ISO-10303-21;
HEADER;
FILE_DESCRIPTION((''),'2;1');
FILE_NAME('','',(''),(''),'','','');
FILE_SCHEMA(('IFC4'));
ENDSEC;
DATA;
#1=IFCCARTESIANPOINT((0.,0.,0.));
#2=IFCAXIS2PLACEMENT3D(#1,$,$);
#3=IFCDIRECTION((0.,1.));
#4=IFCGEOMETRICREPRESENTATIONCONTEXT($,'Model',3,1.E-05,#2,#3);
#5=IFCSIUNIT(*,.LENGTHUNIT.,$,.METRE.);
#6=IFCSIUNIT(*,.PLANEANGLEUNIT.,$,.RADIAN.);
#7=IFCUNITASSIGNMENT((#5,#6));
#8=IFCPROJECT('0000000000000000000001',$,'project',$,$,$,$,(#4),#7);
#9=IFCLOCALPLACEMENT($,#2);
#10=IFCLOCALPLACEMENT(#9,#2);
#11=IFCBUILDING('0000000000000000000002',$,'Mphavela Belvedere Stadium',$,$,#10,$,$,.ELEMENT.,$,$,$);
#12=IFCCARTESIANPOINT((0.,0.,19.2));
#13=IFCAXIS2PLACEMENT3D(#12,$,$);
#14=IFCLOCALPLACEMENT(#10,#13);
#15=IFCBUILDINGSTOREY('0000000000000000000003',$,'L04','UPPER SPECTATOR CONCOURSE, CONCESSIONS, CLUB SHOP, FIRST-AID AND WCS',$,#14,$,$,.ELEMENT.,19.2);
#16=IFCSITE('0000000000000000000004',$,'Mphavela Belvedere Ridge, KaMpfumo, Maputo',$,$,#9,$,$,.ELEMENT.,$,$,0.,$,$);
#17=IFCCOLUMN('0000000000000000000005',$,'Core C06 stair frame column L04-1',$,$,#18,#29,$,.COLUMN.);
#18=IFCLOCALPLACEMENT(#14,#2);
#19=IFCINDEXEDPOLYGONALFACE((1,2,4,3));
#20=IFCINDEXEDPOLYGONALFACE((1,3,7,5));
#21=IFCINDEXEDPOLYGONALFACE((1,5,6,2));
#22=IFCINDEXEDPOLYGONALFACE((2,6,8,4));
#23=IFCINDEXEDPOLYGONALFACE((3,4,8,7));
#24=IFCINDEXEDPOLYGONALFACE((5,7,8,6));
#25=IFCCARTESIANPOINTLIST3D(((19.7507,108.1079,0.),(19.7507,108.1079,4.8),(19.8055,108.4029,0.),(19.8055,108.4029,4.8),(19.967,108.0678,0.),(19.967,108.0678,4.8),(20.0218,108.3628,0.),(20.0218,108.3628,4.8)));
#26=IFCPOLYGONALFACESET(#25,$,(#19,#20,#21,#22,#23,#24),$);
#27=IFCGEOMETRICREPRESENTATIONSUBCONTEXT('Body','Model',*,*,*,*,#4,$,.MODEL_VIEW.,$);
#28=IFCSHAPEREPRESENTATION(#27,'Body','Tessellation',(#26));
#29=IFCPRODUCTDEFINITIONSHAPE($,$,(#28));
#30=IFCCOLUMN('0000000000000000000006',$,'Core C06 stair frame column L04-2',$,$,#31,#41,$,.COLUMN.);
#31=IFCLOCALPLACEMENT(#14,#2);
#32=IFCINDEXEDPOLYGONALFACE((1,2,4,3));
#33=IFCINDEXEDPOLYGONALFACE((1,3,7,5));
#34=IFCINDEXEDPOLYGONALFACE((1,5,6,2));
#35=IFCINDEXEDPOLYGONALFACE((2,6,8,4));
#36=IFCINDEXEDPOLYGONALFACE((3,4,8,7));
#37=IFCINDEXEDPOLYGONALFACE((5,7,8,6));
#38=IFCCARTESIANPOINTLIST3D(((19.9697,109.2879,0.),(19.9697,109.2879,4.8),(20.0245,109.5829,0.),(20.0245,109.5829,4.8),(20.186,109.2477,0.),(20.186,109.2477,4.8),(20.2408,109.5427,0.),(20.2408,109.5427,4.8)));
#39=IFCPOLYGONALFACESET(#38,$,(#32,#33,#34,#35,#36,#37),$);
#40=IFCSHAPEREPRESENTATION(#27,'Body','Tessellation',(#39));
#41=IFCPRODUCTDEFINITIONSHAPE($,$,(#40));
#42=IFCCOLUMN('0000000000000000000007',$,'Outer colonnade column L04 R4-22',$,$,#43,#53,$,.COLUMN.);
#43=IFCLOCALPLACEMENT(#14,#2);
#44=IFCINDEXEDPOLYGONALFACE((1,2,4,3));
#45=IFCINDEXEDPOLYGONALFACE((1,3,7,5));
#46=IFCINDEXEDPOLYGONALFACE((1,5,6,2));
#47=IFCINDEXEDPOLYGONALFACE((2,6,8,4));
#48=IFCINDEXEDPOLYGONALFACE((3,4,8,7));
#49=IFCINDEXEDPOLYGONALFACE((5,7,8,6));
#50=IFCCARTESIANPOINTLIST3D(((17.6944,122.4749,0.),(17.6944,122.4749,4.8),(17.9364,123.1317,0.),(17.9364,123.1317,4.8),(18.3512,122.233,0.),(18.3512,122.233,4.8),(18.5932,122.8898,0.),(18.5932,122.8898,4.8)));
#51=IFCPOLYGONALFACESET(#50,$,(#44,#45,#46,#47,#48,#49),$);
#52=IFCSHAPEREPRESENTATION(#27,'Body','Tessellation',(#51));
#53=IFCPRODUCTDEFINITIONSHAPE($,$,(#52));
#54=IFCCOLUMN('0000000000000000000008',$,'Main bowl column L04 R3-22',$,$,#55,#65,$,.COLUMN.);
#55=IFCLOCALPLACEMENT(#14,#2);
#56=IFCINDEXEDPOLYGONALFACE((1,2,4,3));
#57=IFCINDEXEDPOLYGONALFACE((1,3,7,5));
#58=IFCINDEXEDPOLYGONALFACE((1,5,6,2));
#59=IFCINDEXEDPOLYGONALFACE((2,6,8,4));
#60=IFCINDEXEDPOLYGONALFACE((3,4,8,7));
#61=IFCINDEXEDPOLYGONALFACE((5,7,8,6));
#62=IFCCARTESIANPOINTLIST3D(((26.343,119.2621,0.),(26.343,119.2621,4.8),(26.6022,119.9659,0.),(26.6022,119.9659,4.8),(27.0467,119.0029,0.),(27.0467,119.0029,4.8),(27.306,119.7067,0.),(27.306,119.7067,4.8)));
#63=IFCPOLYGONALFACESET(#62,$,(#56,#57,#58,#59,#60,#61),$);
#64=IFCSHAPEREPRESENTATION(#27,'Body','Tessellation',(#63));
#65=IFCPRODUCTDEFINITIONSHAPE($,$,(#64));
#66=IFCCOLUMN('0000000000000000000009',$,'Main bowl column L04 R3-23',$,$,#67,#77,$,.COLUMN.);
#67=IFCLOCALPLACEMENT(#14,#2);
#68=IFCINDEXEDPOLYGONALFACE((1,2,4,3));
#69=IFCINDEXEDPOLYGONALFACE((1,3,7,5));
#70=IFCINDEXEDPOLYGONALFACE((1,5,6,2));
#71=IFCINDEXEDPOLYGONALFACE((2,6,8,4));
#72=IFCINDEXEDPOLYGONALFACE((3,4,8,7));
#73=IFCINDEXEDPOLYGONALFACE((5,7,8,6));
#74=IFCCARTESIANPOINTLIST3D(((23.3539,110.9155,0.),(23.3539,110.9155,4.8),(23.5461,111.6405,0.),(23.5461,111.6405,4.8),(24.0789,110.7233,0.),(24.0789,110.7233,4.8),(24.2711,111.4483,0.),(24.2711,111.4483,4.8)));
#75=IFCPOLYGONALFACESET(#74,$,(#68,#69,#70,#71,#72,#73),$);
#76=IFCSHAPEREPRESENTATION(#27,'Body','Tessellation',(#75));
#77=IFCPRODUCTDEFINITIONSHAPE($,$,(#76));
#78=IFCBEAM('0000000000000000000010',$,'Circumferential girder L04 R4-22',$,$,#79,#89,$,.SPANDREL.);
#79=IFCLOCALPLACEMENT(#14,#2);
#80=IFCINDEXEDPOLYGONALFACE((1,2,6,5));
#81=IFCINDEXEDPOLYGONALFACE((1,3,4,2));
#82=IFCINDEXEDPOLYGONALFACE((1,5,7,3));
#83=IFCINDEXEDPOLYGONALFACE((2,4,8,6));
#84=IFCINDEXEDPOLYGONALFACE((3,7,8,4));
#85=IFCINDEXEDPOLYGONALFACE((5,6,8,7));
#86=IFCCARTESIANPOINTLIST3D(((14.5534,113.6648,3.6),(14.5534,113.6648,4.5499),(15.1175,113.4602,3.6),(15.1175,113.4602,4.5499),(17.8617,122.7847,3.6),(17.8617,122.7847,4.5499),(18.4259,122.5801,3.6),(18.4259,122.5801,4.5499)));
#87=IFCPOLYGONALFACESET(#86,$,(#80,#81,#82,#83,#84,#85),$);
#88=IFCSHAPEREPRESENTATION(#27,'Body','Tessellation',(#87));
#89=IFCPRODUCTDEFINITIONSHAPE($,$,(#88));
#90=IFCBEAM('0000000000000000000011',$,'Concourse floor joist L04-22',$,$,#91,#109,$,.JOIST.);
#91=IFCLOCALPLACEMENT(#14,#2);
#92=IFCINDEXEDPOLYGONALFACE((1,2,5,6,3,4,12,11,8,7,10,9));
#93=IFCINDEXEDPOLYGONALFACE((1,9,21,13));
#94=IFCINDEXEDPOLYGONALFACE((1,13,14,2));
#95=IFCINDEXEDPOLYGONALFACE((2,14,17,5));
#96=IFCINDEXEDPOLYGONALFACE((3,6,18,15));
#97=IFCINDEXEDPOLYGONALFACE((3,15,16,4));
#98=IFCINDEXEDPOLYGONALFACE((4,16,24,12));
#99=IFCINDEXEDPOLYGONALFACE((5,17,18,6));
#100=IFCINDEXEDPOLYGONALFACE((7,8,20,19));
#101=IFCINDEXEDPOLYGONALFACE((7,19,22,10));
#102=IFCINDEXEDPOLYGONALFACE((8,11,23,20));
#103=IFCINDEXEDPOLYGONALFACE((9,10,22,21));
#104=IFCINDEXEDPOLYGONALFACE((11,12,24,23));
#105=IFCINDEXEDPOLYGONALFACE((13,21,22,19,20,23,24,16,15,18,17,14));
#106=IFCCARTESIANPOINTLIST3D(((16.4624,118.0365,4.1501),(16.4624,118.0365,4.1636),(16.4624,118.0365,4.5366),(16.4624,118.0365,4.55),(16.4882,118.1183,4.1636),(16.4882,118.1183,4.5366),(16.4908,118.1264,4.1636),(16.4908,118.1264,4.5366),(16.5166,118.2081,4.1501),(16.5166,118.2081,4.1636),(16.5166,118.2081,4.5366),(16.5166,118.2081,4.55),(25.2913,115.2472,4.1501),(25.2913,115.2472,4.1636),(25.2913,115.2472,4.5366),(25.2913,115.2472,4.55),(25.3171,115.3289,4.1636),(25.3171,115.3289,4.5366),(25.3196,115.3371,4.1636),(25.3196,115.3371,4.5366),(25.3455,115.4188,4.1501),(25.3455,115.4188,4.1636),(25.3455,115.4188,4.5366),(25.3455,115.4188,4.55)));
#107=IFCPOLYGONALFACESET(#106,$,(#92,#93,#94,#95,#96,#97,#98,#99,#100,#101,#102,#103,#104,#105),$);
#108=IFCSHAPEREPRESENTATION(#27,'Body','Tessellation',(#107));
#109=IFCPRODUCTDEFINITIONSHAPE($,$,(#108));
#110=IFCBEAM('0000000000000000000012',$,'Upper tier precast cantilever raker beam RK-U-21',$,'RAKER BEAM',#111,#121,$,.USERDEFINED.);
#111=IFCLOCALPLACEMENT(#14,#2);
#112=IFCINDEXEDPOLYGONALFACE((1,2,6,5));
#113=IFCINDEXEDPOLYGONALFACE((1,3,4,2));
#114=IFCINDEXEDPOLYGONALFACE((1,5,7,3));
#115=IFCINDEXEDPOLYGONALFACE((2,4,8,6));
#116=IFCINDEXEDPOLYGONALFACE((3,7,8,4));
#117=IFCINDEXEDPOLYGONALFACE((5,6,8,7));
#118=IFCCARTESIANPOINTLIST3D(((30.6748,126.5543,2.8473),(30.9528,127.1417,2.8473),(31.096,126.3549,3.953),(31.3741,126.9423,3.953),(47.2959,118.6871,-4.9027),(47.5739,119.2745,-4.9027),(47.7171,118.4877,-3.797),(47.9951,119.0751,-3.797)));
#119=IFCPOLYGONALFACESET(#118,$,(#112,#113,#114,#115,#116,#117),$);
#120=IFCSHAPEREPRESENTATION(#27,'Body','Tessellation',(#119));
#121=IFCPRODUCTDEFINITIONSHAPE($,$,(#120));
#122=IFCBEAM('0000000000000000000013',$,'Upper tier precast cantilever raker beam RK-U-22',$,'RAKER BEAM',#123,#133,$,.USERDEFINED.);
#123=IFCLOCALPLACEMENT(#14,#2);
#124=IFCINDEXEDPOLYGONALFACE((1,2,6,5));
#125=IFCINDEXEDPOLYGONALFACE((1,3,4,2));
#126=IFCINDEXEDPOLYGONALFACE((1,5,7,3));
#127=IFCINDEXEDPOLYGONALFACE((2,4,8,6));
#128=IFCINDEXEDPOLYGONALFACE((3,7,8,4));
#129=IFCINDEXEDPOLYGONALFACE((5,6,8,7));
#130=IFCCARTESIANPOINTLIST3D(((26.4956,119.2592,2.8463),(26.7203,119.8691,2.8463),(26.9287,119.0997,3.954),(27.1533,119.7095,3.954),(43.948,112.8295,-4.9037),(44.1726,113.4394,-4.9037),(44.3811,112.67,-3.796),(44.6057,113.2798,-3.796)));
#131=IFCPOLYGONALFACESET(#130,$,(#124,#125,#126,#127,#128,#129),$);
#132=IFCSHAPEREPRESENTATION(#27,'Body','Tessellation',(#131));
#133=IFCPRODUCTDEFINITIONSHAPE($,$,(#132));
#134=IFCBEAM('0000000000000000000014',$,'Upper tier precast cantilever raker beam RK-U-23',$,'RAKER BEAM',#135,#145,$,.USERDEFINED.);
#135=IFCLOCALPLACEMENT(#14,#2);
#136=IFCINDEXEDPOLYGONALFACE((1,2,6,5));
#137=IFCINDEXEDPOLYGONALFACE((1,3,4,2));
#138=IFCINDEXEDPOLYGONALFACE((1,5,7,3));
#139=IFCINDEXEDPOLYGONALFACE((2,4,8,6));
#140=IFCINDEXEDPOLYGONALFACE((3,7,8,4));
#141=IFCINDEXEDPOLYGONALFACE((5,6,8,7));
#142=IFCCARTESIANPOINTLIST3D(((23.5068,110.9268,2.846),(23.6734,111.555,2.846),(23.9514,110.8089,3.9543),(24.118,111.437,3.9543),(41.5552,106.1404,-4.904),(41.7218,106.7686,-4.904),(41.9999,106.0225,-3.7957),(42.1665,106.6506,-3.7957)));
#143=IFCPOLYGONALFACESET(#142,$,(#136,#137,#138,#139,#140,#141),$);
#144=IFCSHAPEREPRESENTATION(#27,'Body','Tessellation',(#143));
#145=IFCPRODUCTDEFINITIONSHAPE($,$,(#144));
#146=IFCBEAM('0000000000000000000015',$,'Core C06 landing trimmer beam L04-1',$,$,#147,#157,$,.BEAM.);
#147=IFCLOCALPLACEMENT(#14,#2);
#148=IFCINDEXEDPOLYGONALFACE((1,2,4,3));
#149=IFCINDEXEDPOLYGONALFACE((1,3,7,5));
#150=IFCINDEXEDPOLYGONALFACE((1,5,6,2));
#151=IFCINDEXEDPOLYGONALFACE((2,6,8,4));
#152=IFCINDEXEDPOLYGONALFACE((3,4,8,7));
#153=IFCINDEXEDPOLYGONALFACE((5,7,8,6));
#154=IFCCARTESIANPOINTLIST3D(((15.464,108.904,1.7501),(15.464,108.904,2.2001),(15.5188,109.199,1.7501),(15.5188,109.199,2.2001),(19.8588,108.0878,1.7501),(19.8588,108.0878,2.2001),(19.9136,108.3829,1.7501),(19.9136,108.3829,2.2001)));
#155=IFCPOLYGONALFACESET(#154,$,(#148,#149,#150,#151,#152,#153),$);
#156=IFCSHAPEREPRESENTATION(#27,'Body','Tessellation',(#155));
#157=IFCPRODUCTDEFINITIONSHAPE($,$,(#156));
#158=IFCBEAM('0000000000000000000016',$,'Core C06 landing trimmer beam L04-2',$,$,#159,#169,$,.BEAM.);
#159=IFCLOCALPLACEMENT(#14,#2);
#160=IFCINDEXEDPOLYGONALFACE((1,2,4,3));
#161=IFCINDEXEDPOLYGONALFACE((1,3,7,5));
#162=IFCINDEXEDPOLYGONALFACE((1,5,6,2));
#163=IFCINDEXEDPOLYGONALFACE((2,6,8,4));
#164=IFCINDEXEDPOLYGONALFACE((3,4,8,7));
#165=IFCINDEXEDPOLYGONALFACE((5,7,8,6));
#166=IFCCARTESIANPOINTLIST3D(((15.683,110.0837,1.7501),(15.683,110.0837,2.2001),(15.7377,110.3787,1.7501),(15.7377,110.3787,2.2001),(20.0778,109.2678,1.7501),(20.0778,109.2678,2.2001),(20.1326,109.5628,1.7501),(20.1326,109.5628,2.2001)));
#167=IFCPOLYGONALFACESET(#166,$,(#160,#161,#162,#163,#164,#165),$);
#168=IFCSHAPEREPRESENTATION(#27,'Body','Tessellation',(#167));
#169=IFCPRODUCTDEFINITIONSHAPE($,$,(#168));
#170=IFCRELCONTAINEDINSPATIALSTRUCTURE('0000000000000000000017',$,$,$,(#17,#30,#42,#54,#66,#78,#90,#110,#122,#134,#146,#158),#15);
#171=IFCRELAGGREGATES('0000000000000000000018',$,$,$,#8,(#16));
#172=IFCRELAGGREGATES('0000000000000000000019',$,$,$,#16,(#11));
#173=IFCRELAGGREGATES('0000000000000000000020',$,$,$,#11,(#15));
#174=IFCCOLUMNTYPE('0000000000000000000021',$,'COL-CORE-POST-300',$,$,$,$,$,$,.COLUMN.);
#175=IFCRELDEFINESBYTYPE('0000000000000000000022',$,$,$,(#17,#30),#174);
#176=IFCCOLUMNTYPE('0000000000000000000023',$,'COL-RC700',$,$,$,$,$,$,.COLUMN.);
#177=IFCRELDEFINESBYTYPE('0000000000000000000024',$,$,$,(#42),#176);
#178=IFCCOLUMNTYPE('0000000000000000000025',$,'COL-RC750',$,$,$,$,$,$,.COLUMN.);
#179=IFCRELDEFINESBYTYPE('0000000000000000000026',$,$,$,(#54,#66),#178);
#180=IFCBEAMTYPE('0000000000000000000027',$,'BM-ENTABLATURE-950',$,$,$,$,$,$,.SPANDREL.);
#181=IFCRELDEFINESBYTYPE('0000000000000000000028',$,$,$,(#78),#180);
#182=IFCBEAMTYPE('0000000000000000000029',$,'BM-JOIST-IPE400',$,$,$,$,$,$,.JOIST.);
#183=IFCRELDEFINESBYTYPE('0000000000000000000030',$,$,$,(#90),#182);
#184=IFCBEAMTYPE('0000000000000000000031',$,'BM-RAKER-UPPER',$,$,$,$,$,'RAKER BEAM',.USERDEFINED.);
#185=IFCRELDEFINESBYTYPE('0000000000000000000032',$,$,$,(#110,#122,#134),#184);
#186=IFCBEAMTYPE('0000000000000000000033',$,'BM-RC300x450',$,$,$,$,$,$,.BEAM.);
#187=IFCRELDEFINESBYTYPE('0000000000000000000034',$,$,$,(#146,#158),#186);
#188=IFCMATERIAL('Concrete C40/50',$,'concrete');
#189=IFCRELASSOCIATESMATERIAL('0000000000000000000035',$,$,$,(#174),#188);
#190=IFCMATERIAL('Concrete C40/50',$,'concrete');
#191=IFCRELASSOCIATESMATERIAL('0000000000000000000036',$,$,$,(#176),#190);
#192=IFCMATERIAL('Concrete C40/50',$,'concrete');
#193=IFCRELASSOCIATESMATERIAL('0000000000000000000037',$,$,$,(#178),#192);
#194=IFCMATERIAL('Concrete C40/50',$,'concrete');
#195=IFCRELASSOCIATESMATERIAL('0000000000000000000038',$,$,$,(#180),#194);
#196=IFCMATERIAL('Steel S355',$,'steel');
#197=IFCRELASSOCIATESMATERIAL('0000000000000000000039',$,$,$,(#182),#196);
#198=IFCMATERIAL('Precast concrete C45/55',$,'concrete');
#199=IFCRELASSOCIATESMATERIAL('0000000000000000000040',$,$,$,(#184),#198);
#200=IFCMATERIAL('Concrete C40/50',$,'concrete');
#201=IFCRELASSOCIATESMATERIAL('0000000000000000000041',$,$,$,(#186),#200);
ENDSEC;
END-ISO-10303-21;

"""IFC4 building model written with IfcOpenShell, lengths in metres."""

from ifc_helpers import new_model, si_unit, direction, frame, origin, origin_2d, place, context, subcontext, project, spatial, rectangle, i_section, extrude, material, material_profile, profile_set, type_object, element, save


model = new_model("IFC4")

# Units and contexts
model_context = context("Model", 3, precision=1e-05, world=origin(), true_north=direction((0.0, 1.0)))
body_context = subcontext(model_context, "Body", "Model", "MODEL_VIEW")
ifc_project = project(units=[si_unit("LENGTHUNIT", "METRE"), si_unit("PLANEANGLEUNIT", "RADIAN")], contexts=[model_context])

# Site, building, storey
site_placement = place(None, origin())
site = spatial("IfcSite", under=ifc_project, at=site_placement, Name="Mphavela Belvedere Ridge, KaMpfumo, Maputo", CompositionType="ELEMENT", RefElevation=0.0)
building_placement = place(site_placement, origin())
building = spatial("IfcBuilding", under=site, at=building_placement, Name="Mphavela Belvedere Stadium", CompositionType="ELEMENT")
storey_placement = place(building_placement, frame((0.0, 0.0, 19.2)))
storey = spatial("IfcBuildingStorey", under=building, at=storey_placement, Name="L04", Description="UPPER SPECTATOR CONCOURSE, CONCESSIONS, CLUB SHOP, FIRST-AID AND WCS", CompositionType="ELEMENT", Elevation=19.2)

# Columns
ifc_material_1 = material(Name="Concrete C40/50", Category="concrete")
ifc_material_profile_1 = material_profile(ifc_material_1, rectangle(XDim=0.3, YDim=0.22, at=origin_2d()), Name="RC 300x220")
ifc_profile_set_1 = profile_set([ifc_material_profile_1], Name="Concrete C40/50")
column_type_1 = type_object("IfcColumnType", Name="COL-CORE-POST-300", PredefinedType="COLUMN", material=ifc_profile_set_1)
for number, where, z_axis, x_axis, name in (
    (1, (19.8862, 108.2354, 0.0), (0.0, 0.0, 1.0), (0.182579, 0.983191, 0.0), "Core C06 stair frame column L04-1"),
    (2, (20.1052, 109.4153, 0.0), (0.0, 0.0, 1.0), (0.182579, 0.983191, 0.0), "Core C06 stair frame column L04-2"),
):
    element("IfcColumn", number, at=place(storey_placement, frame(where, z_axis=z_axis, x_axis=x_axis)), inside=storey, type_object=column_type_1, Name=name, PredefinedType="COLUMN", context=body_context, shape_type="SweptSolid", body=[
        extrude(rectangle(XDim=0.3, YDim=0.22, at=origin_2d()), origin(), (0.0, 0.0, 1.0), 4.8),
    ])
ifc_material_2 = material(Name="Concrete C40/50", Category="concrete")
ifc_material_profile_2 = material_profile(ifc_material_2, rectangle(XDim=0.7, YDim=0.7, at=origin_2d()), Name="RC 700x700")
ifc_profile_set_2 = profile_set([ifc_material_profile_2], Name="Concrete C40/50")
column_type_2 = type_object("IfcColumnType", Name="COL-RC700", PredefinedType="COLUMN", material=ifc_profile_set_2)
column_placement = place(storey_placement, frame((18.1438, 122.6824, 0.0), z_axis=(0.0, 0.0, 1.0), x_axis=(-0.938372, 0.345626, 0.0)))
element("IfcColumn", 3, at=column_placement, inside=storey, type_object=column_type_2, Name="Outer colonnade column L04 R4-22", PredefinedType="COLUMN", context=body_context, shape_type="SweptSolid", body=[
    extrude(rectangle(XDim=0.7, YDim=0.7, at=origin_2d()), origin(), (0.0, 0.0, 1.0), 4.8),
])
ifc_material_3 = material(Name="Concrete C40/50", Category="concrete")
ifc_material_profile_3 = material_profile(ifc_material_3, rectangle(XDim=0.75, YDim=0.75, at=origin_2d()), Name="RC 750x750")
ifc_profile_set_3 = profile_set([ifc_material_profile_3], Name="Concrete C40/50")
column_type_3 = type_object("IfcColumnType", Name="COL-RC750", PredefinedType="COLUMN", material=ifc_profile_set_3)
for number, where, z_axis, x_axis, name in (
    (4, (26.8245, 119.4844, 0.0), (0.0, 0.0, 1.0), (-0.938372, 0.345626, 0.0), "Main bowl column L04 R3-22"),
    (5, (23.8125, 111.1819, 0.0), (0.0, 0.0, 1.0), (-0.9666, 0.256289, 0.0), "Main bowl column L04 R3-23"),
):
    element("IfcColumn", number, at=place(storey_placement, frame(where, z_axis=z_axis, x_axis=x_axis)), inside=storey, type_object=column_type_3, Name=name, PredefinedType="COLUMN", context=body_context, shape_type="SweptSolid", body=[
        extrude(rectangle(XDim=0.75, YDim=0.75, at=origin_2d()), origin(), (0.0, 0.0, 1.0), 4.8),
    ])

# Beams
ifc_material_4 = material(Name="Concrete C40/50", Category="concrete")
ifc_material_profile_4 = material_profile(ifc_material_4, rectangle(XDim=0.6001, YDim=0.95, at=origin_2d()), Name="RC 600x950")
ifc_profile_set_4 = profile_set([ifc_material_profile_4], Name="Concrete C40/50")
beam_type_1 = type_object("IfcBeamType", Name="BM-ENTABLATURE-950", PredefinedType="SPANDREL", material=ifc_profile_set_4)
beam_1_placement = place(storey_placement, frame((18.1438, 122.6824, 4.075), z_axis=(-0.341018, -0.940057, 0.0), x_axis=(0.940057, -0.341018, 0.0)))
element("IfcBeam", 6, at=beam_1_placement, inside=storey, type_object=beam_type_1, Name="Circumferential girder L04 R4-22", PredefinedType="SPANDREL", context=body_context, shape_type="SweptSolid", body=[
    extrude(rectangle(XDim=0.6001, YDim=0.95, at=origin_2d()), origin(), (0.0, 0.0, 1.0), 9.7014),
])
ifc_material_5 = material(Name="Steel S355", Category="steel")
ifc_material_profile_5 = material_profile(ifc_material_5, i_section(OverallWidth=0.1799, OverallDepth=0.3999, WebThickness=0.0085, FlangeThickness=0.0134, at=origin_2d()), Name="IPE 400")
ifc_profile_set_5 = profile_set([ifc_material_profile_5], Name="Steel S355")
beam_type_2 = type_object("IfcBeamType", Name="BM-JOIST-IPE400", PredefinedType="JOIST", material=ifc_profile_set_5)
beam_2_placement = place(storey_placement, frame((25.3184, 115.333, 4.3501), z_axis=(-0.953544, 0.301254, 0.0), x_axis=(-0.301254, -0.953544, 0.0)))
element("IfcBeam", 7, at=beam_2_placement, inside=storey, type_object=beam_type_2, Name="Concourse floor joist L04-22", PredefinedType="JOIST", context=body_context, shape_type="SweptSolid", body=[
    extrude(i_section(OverallWidth=0.1799, OverallDepth=0.3999, WebThickness=0.0085, FlangeThickness=0.0134, at=origin_2d()), origin(), (0.0, 0.0, 1.0), 9.259),
])
ifc_material_6 = material(Name="Precast concrete C45/55", Category="concrete")
ifc_material_profile_6 = material_profile(ifc_material_6, rectangle(XDim=0.6499, YDim=1.2, at=origin_2d()), Name="PC 650x1200")
ifc_profile_set_6 = profile_set([ifc_material_profile_6], Name="Precast concrete C45/55")
beam_type_3 = type_object("IfcBeamType", Name="BM-RAKER-UPPER", ElementType="RAKER BEAM", PredefinedType="USERDEFINED", material=ifc_profile_set_6)
beam_3_placement = place(storey_placement, frame((47.6455, 118.8811, -4.3499), z_axis=(-0.832914, 0.39424, 0.388367), x_axis=(-0.427822, -0.903863, 0.0)))
element("IfcBeam", 8, at=beam_3_placement, inside=storey, type_object=beam_type_3, Name="Upper tier precast cantilever raker beam RK-U-21", ObjectType="RAKER BEAM", PredefinedType="USERDEFINED", context=body_context, shape_type="SweptSolid", body=[
    extrude(rectangle(XDim=0.6499, YDim=1.2, at=origin_2d()), origin(), (0.0, 0.0, 1.0), 19.9553),
])
beam_4_placement = place(storey_placement, frame((44.2769, 113.0547, -4.3499), z_axis=(-0.866159, 0.319104, 0.384631), x_axis=(-0.345699, -0.938346, 0.0)))
element("IfcBeam", 9, at=beam_4_placement, inside=storey, type_object=beam_type_3, Name="Upper tier precast cantilever raker beam RK-U-22", ObjectType="RAKER BEAM", PredefinedType="USERDEFINED", context=body_context, shape_type="SweptSolid", body=[
    extrude(rectangle(XDim=0.6499, YDim=1.2, at=origin_2d()), origin(), (0.0, 0.0, 1.0), 20.1492),
])
beam_5_placement = place(storey_placement, frame((41.8608, 106.3955, -4.3499), z_axis=(-0.892745, 0.236754, 0.383347), x_axis=(-0.256337, -0.966588, 0.0)))
element("IfcBeam", 10, at=beam_5_placement, inside=storey, type_object=beam_type_3, Name="Upper tier precast cantilever raker beam RK-U-23", ObjectType="RAKER BEAM", PredefinedType="USERDEFINED", context=body_context, shape_type="SweptSolid", body=[
    extrude(rectangle(XDim=0.6499, YDim=1.2, at=origin_2d()), origin(), (0.0, 0.0, 1.0), 20.2168),
])
ifc_material_7 = material(Name="Concrete C40/50", Category="concrete")
ifc_material_profile_7 = material_profile(ifc_material_7, rectangle(XDim=0.3, YDim=0.45, at=origin_2d()), Name="RC 300x450")
ifc_profile_set_7 = profile_set([ifc_material_profile_7], Name="Concrete C40/50")
beam_type_4 = type_object("IfcBeamType", Name="BM-RC300x450", PredefinedType="BEAM", material=ifc_profile_set_7)
for number, where, z_axis, x_axis, name in (
    (11, (19.8862, 108.2354, 1.9751), (-0.983189, 0.18259, 0.0), (-0.18259, -0.983189, 0.0), "Core C06 landing trimmer beam L04-1"),
    (12, (20.1052, 109.4153, 1.9751), (-0.983199, 0.182537, 0.0), (-0.182537, -0.983199, 0.0), "Core C06 landing trimmer beam L04-2"),
):
    element("IfcBeam", number, at=place(storey_placement, frame(where, z_axis=z_axis, x_axis=x_axis)), inside=storey, type_object=beam_type_4, Name=name, PredefinedType="BEAM", context=body_context, shape_type="SweptSolid", body=[
        extrude(rectangle(XDim=0.3, YDim=0.45, at=origin_2d()), origin(), (0.0, 0.0, 1.0), 4.47),
    ])

save(model, "model.ifc")
